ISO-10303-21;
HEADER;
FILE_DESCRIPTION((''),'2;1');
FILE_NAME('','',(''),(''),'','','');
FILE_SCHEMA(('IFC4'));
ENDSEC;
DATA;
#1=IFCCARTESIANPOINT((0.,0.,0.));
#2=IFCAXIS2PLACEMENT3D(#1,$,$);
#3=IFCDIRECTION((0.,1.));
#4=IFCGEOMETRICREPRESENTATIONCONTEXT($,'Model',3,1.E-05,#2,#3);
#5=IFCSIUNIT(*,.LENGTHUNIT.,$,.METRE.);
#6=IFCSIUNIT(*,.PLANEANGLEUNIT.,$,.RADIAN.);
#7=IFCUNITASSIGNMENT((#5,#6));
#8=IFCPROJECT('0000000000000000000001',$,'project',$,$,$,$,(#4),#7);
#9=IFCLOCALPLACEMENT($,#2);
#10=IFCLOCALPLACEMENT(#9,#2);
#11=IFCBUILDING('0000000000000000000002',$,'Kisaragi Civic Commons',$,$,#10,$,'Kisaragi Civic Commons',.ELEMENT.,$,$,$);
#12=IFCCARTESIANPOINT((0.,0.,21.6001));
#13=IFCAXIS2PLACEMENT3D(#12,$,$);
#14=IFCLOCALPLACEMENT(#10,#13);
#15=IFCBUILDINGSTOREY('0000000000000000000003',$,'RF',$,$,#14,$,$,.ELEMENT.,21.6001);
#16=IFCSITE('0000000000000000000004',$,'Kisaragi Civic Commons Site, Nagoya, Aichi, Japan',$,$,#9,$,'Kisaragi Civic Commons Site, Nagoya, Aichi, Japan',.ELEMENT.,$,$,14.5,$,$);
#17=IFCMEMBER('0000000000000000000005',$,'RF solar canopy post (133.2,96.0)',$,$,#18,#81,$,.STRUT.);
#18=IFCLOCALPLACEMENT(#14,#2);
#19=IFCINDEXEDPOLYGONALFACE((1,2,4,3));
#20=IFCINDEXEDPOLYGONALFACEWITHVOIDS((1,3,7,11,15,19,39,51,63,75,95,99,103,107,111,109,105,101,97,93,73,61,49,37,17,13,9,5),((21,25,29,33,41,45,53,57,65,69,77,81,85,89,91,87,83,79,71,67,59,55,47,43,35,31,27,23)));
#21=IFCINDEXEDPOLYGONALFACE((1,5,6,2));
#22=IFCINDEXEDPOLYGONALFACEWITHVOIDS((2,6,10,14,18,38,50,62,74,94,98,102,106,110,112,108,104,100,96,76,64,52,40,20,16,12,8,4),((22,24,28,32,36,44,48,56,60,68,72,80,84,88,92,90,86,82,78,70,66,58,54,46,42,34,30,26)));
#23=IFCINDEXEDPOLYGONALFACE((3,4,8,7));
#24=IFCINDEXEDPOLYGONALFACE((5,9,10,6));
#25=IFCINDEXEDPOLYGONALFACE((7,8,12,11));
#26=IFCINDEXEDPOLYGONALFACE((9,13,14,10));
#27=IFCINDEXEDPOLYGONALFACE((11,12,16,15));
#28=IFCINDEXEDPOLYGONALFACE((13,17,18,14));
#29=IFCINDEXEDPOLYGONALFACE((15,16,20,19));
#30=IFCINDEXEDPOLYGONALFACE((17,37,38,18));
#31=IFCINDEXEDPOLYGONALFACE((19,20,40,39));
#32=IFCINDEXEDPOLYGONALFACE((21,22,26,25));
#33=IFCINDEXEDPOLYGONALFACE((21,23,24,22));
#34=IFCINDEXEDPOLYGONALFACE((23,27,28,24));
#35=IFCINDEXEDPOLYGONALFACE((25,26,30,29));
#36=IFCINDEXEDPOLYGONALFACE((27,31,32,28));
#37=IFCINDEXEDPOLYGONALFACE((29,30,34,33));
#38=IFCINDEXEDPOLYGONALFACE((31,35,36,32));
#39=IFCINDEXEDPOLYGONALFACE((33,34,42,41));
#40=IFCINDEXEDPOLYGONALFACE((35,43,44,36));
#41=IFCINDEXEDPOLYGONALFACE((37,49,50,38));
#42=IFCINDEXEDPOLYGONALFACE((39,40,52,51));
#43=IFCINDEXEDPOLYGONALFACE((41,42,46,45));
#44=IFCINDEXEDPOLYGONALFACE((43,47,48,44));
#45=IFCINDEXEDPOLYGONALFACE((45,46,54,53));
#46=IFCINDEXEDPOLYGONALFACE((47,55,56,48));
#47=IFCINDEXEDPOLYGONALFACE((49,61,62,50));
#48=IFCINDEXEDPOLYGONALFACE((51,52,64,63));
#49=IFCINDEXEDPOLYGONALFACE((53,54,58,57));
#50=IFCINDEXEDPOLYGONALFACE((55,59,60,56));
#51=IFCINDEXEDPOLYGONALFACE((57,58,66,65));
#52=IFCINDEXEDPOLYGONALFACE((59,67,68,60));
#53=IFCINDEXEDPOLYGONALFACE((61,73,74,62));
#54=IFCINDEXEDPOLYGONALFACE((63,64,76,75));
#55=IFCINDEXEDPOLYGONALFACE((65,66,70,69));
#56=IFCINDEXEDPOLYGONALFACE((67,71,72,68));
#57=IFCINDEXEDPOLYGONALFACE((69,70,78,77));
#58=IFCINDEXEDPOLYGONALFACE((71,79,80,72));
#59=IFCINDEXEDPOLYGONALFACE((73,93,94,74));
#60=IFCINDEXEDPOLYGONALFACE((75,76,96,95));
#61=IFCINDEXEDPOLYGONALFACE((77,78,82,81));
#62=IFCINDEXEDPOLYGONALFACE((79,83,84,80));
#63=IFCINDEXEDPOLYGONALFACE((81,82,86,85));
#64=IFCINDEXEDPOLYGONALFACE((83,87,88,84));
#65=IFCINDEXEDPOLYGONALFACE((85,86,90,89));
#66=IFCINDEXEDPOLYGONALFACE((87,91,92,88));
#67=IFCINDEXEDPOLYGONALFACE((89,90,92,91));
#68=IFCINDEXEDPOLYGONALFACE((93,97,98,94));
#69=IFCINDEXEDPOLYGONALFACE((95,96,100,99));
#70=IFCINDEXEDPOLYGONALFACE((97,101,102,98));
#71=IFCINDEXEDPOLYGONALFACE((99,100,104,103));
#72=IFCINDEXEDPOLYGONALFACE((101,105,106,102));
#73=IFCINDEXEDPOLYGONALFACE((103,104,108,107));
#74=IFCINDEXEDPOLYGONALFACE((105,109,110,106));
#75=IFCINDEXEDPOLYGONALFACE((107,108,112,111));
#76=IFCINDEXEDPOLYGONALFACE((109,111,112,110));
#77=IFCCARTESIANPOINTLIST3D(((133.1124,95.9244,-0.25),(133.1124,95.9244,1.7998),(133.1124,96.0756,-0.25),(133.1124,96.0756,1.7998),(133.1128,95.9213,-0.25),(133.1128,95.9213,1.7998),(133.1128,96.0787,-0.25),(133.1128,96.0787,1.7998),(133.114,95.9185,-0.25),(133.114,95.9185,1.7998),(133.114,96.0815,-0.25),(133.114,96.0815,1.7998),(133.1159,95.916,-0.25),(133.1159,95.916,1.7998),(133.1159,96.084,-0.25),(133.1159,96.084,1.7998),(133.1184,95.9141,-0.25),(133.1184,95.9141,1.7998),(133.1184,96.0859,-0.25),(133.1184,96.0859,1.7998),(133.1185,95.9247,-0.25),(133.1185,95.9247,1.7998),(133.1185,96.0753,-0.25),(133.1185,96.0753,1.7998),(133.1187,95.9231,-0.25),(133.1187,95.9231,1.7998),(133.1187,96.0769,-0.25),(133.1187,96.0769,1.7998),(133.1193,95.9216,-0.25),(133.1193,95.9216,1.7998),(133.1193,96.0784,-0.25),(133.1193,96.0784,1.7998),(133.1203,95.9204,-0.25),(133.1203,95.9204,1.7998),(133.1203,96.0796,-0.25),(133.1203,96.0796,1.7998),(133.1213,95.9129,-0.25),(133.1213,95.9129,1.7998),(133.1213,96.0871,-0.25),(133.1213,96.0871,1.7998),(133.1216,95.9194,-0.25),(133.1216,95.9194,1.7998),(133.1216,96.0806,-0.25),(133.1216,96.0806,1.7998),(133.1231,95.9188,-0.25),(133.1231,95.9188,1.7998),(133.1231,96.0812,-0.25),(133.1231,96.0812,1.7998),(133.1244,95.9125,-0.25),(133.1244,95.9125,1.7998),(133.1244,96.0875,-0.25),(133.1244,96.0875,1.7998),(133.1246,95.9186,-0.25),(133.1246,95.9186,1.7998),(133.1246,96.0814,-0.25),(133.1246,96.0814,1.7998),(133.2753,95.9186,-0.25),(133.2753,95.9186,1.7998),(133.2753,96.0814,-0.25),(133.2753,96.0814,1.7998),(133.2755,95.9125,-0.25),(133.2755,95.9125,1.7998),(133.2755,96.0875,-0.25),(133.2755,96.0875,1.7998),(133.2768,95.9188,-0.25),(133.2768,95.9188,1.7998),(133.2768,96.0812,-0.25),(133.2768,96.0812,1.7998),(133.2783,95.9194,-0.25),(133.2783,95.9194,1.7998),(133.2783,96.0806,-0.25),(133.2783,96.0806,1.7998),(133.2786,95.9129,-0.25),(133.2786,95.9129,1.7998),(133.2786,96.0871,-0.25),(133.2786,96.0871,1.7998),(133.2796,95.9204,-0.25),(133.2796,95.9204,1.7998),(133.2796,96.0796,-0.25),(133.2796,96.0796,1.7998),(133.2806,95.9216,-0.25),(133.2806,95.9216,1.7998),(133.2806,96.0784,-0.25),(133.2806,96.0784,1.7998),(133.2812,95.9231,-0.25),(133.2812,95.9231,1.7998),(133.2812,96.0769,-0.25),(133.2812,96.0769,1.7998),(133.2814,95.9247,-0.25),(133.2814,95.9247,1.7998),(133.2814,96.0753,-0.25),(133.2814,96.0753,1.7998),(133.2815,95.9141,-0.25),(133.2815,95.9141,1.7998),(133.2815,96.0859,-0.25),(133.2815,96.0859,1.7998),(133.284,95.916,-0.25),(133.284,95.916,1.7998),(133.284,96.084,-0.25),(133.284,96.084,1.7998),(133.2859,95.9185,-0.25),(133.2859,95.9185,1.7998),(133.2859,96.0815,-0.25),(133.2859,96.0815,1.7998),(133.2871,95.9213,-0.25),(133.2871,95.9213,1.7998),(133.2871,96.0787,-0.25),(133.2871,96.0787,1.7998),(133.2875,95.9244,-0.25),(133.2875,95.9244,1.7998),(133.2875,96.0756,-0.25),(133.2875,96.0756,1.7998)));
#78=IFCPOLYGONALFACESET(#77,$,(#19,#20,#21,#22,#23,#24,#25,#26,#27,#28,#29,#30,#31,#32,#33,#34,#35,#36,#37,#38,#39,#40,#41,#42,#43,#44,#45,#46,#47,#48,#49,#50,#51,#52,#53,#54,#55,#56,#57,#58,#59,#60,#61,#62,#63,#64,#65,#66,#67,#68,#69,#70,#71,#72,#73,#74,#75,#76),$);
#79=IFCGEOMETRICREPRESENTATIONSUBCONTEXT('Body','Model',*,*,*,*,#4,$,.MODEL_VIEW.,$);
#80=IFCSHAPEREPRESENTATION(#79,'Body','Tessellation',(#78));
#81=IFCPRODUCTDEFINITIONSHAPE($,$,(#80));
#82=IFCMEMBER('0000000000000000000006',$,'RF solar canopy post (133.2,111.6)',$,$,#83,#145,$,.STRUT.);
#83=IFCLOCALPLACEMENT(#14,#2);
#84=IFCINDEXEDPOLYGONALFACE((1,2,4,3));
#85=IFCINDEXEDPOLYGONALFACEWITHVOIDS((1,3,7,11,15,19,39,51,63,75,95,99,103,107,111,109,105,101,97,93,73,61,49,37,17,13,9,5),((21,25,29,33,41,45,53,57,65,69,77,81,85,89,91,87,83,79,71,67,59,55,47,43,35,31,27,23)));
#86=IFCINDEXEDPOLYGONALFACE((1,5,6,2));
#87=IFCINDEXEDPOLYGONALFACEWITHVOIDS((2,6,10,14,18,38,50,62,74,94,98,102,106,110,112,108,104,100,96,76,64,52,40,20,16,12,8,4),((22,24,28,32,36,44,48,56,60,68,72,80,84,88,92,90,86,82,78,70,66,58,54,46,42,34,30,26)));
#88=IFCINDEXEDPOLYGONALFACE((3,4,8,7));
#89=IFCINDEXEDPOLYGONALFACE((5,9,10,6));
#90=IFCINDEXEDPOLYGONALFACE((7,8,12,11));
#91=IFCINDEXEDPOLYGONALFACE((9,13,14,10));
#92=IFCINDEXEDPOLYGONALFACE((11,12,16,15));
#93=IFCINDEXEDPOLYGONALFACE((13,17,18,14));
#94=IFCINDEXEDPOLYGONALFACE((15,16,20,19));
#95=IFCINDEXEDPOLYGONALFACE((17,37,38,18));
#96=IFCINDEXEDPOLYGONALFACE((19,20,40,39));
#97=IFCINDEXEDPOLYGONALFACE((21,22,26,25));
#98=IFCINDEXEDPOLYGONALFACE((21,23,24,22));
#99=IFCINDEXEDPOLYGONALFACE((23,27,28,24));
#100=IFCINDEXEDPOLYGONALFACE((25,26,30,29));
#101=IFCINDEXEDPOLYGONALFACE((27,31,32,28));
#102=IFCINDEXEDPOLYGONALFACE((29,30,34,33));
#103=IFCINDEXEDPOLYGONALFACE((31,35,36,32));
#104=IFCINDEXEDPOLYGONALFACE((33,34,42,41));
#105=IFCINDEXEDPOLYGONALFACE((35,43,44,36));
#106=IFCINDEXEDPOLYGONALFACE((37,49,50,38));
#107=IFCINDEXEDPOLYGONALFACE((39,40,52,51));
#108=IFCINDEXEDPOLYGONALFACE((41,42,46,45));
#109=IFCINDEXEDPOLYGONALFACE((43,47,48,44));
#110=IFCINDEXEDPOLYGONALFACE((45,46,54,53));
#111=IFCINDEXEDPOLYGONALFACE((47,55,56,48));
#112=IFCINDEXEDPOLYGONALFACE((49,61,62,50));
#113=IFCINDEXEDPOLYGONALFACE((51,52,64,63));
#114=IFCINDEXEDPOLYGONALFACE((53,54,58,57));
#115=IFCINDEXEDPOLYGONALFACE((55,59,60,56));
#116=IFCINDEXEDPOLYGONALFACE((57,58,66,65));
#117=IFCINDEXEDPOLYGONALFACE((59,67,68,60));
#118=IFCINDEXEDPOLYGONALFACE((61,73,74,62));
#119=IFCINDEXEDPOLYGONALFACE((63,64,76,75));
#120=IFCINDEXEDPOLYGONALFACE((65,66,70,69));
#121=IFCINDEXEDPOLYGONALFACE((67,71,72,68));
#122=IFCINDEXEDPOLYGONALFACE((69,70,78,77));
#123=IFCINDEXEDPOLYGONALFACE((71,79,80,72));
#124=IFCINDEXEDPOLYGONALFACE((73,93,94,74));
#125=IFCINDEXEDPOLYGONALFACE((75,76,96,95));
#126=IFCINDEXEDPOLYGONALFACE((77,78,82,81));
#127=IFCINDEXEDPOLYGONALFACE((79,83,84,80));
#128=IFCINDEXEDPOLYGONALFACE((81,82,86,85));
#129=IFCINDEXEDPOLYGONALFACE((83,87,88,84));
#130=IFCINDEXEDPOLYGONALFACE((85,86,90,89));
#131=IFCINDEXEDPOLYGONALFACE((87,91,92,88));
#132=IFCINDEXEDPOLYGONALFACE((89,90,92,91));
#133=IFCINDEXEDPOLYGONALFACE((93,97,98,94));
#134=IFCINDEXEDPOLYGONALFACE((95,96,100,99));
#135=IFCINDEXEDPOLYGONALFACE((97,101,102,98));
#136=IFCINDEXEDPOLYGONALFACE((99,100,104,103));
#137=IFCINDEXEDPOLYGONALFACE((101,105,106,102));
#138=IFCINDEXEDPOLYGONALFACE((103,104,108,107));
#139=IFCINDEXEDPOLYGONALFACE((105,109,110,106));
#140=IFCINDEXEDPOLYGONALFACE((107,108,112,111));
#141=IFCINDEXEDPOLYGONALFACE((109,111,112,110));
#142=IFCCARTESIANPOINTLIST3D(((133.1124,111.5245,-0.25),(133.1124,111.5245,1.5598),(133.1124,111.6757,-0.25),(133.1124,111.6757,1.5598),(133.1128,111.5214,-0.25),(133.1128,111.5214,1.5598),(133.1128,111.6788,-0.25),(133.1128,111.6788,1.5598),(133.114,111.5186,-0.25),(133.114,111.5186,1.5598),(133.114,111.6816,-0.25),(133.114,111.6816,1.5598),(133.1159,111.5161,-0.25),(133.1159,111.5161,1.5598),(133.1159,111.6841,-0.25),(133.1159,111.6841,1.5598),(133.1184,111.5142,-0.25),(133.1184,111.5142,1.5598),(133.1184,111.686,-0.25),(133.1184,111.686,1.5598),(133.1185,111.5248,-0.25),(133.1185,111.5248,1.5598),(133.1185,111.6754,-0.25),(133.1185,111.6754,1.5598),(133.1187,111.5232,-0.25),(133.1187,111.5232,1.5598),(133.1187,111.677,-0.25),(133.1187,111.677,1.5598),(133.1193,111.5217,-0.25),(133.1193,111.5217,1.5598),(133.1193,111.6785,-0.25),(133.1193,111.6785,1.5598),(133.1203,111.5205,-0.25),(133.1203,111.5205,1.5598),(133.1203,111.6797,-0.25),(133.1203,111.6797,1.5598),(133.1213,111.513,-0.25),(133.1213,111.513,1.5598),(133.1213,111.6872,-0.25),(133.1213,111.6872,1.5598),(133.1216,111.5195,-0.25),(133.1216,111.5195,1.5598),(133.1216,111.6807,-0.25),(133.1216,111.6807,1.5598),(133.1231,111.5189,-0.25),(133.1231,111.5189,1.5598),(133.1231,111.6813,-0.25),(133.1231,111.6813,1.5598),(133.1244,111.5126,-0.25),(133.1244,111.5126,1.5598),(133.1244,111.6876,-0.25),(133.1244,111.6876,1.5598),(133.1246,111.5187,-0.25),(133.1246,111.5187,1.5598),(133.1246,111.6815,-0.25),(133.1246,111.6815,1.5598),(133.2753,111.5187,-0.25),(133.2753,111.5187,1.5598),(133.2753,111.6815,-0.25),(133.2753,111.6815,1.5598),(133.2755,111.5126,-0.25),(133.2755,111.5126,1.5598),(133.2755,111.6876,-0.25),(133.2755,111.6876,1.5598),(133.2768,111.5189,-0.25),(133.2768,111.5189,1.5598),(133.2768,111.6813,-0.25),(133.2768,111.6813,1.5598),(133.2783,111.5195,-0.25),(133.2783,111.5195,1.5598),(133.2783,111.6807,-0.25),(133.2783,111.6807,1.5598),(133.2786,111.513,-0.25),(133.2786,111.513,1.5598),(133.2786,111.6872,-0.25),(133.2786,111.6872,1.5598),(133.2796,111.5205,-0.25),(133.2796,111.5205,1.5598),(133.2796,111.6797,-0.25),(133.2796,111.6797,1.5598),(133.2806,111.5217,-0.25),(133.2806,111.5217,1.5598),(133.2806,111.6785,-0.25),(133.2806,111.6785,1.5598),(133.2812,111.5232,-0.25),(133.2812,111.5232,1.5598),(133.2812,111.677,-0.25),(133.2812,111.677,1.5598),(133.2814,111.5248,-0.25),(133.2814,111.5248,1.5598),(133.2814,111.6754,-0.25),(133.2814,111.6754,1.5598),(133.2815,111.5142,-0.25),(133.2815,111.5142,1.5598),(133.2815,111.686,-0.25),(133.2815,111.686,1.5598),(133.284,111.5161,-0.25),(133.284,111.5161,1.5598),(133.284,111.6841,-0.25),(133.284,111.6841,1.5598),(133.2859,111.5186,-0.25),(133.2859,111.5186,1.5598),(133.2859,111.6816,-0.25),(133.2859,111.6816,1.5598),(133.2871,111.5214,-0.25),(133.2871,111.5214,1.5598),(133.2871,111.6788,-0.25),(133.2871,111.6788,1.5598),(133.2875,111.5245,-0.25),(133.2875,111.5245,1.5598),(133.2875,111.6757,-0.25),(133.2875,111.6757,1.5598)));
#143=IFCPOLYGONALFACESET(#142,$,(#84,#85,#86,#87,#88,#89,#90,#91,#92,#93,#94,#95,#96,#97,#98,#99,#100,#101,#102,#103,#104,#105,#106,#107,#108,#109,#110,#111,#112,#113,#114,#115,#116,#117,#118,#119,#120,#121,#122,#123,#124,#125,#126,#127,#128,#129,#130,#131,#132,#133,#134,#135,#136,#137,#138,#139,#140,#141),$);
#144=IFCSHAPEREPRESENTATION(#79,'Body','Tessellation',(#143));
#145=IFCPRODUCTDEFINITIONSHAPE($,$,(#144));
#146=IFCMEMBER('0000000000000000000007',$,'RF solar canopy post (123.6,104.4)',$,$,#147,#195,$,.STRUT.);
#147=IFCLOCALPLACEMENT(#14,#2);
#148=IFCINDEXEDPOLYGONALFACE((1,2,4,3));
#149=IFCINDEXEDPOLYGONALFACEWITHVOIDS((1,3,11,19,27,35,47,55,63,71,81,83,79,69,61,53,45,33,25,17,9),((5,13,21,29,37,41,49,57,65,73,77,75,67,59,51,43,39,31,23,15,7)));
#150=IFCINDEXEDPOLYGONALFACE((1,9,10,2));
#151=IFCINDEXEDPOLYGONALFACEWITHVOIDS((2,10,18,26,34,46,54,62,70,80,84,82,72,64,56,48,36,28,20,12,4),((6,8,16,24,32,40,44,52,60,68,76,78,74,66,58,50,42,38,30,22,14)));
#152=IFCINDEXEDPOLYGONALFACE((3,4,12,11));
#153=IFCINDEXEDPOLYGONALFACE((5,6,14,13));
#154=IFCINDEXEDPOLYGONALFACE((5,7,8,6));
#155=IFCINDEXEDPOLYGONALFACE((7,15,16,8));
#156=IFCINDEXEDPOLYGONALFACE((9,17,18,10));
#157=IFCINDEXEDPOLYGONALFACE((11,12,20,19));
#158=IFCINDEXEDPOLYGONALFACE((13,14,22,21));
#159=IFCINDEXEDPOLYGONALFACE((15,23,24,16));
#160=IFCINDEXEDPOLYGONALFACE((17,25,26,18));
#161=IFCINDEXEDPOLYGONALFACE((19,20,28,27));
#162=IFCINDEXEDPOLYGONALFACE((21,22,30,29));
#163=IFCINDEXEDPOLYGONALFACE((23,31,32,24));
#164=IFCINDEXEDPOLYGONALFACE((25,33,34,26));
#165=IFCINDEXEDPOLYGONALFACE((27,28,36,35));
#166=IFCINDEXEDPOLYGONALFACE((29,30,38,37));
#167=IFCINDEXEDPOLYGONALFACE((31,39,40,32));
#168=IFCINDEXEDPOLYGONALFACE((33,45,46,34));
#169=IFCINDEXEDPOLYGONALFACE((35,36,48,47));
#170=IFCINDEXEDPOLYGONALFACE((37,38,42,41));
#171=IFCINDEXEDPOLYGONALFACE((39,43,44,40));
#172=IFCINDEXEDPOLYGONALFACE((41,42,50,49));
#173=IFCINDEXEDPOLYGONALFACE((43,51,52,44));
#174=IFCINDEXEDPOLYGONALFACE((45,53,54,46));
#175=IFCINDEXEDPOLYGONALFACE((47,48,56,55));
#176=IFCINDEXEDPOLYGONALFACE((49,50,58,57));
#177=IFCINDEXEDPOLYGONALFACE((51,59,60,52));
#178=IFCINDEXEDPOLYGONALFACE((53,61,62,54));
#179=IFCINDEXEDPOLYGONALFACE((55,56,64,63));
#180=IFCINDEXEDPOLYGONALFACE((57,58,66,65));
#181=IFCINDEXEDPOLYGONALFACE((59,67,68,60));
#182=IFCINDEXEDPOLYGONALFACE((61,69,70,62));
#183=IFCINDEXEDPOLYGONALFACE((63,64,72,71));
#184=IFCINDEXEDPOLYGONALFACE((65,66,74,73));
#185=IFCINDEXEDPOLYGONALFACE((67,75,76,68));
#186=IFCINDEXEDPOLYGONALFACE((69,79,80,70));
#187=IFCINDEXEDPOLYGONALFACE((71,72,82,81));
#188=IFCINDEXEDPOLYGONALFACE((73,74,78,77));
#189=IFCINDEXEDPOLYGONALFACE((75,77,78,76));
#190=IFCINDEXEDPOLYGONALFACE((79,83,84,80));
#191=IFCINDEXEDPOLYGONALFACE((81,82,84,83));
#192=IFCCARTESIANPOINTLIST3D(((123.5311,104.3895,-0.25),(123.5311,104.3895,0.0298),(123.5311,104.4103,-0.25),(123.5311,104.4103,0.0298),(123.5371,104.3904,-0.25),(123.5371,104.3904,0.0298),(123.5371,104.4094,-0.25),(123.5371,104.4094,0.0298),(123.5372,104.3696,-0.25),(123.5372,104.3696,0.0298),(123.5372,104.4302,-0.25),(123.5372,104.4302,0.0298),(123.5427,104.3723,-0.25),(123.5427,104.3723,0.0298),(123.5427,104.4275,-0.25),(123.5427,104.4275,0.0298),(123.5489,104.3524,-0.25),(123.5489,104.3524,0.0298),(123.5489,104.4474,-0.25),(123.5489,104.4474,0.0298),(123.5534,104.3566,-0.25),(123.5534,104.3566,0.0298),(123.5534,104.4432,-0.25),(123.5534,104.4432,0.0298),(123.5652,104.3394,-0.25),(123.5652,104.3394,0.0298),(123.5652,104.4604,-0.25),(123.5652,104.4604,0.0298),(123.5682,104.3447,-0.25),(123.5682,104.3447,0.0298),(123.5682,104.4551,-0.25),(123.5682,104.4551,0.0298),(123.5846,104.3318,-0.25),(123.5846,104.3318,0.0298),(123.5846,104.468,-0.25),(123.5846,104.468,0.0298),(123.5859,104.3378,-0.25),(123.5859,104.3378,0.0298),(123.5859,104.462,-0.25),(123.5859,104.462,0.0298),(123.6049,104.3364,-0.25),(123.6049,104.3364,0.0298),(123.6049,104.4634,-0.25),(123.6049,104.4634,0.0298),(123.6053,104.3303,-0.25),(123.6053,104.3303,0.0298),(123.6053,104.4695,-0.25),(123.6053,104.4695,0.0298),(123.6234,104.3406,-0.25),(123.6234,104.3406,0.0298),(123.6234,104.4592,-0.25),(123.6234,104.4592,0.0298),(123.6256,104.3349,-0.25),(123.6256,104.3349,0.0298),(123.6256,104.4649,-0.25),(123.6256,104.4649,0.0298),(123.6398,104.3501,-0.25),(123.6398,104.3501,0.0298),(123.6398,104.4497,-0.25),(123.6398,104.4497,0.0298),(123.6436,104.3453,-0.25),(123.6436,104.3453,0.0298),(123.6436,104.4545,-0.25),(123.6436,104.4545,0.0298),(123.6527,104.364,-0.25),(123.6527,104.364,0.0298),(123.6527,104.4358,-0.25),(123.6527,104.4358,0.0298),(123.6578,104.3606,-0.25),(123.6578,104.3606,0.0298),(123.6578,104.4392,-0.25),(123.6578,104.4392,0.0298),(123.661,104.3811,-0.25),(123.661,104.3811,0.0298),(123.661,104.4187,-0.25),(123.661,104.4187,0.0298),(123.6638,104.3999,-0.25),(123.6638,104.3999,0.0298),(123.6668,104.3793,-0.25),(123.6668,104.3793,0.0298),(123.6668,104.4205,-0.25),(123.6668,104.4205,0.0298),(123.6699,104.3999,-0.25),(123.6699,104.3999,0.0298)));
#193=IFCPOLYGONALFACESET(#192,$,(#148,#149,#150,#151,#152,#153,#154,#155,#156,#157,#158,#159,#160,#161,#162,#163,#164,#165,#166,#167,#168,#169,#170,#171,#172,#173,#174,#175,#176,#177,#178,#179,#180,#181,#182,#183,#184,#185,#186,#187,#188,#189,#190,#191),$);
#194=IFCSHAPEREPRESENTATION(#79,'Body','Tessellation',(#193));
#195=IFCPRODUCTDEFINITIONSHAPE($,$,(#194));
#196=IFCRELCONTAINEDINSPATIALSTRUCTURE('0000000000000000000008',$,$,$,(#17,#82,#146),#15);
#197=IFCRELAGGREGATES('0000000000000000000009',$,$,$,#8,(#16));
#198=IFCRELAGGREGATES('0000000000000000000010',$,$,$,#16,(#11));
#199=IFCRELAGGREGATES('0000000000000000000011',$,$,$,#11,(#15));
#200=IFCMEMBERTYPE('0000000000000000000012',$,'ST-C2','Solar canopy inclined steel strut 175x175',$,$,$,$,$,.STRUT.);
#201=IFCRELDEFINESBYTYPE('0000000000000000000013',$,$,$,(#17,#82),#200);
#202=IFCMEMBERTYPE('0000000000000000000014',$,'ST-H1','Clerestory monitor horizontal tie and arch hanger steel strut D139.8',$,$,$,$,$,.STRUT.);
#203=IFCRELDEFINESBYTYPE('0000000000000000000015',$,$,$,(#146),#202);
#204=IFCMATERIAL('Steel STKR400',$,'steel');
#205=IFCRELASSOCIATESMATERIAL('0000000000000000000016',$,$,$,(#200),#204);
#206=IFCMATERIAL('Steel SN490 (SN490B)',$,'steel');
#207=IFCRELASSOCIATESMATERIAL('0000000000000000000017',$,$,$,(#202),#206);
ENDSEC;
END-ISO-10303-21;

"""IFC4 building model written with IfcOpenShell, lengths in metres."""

from ifc_helpers import new_model, si_unit, direction, frame, origin, origin_2d, place, context, subcontext, project, spatial, hollow_rectangle, hollow_circle, extrude, material, material_profile, profile_set, type_object, element, save


model = new_model("IFC4")

# Units and contexts
model_context = context("Model", 3, precision=1e-05, world=origin(), true_north=direction((0.0, 1.0)))
body_context = subcontext(model_context, "Body", "Model", "MODEL_VIEW")
ifc_project = project(units=[si_unit("LENGTHUNIT", "METRE"), si_unit("PLANEANGLEUNIT", "RADIAN")], contexts=[model_context])

# Site, building, storey
site_placement = place(None, origin())
site = spatial("IfcSite", under=ifc_project, at=site_placement, Name="Kisaragi Civic Commons Site, Nagoya, Aichi, Japan", LongName="Kisaragi Civic Commons Site, Nagoya, Aichi, Japan", CompositionType="ELEMENT", RefElevation=14.5)
building_placement = place(site_placement, origin())
building = spatial("IfcBuilding", under=site, at=building_placement, Name="Kisaragi Civic Commons", LongName="Kisaragi Civic Commons", CompositionType="ELEMENT")
storey_placement = place(building_placement, frame((0.0, 0.0, 21.6001)))
storey = spatial("IfcBuildingStorey", under=building, at=storey_placement, Name="RF", CompositionType="ELEMENT", Elevation=21.6001)

# Members
ifc_material_1 = material(Name="Steel STKR400", Category="steel")
ifc_material_profile_1 = material_profile(ifc_material_1, hollow_rectangle(XDim=0.175, YDim=0.175, WallThickness=0.0061, InnerFilletRadius=0.0061, OuterFilletRadius=0.012, at=origin_2d()), Name="STKR-175x175x6", Category="steel")
ifc_profile_set_1 = profile_set([ifc_material_profile_1], Name="Steel STKR400")
member_type_1 = type_object("IfcMemberType", Name="ST-C2", Description="Solar canopy inclined steel strut 175x175", PredefinedType="STRUT", material=ifc_profile_set_1)
member_1_placement = place(storey_placement, frame((133.2, 96.0, -0.25), z_axis=(0.0, 0.0, 1.0), x_axis=(1.0, 0.0, 0.0)))
element("IfcMember", 1, at=member_1_placement, inside=storey, type_object=member_type_1, Name="RF solar canopy post (133.2,96.0)", PredefinedType="STRUT", context=body_context, shape_type="SweptSolid", body=[
    extrude(hollow_rectangle(XDim=0.175, YDim=0.175, WallThickness=0.0061, InnerFilletRadius=0.0061, OuterFilletRadius=0.012, at=origin_2d()), origin(), (0.0, 0.0, 1.0), 2.0498),
])
member_2_placement = place(storey_placement, frame((133.2, 111.6001, -0.25), z_axis=(0.0, 0.0, 1.0), x_axis=(1.0, 0.0, 0.0)))
element("IfcMember", 2, at=member_2_placement, inside=storey, type_object=member_type_1, Name="RF solar canopy post (133.2,111.6)", PredefinedType="STRUT", context=body_context, shape_type="SweptSolid", body=[
    extrude(hollow_rectangle(XDim=0.175, YDim=0.175, WallThickness=0.0061, InnerFilletRadius=0.0061, OuterFilletRadius=0.012, at=origin_2d()), origin(), (0.0, 0.0, 1.0), 1.8098),
])
ifc_material_2 = material(Name="Steel SN490 (SN490B)", Category="steel")
ifc_material_profile_2 = material_profile(ifc_material_2, hollow_circle(Radius=0.0698, WallThickness=0.0061, at=origin_2d()), Name="CHS-139.8x6.0", Category="steel")
ifc_profile_set_2 = profile_set([ifc_material_profile_2], Name="Steel SN490 (SN490B)")
member_type_2 = type_object("IfcMemberType", Name="ST-H1", Description="Clerestory monitor horizontal tie and arch hanger steel strut D139.8", PredefinedType="STRUT", material=ifc_profile_set_2)
for number, where, z_axis, x_axis, name in (
    (3, (123.6001, 104.3999, -0.25), (0.0, 0.0, 1.0), (1.0, 0.0, 0.0), "RF solar canopy post (123.6,104.4)"),
):
    element("IfcMember", number, at=place(storey_placement, frame(where, z_axis=z_axis, x_axis=x_axis)), inside=storey, type_object=member_type_2, Name=name, PredefinedType="STRUT", context=body_context, shape_type="SweptSolid", body=[
        extrude(hollow_circle(Radius=0.0698, WallThickness=0.0061, at=origin_2d()), origin(), (0.0, 0.0, 1.0), 0.2798),
    ])

save(model, "model.ifc")
